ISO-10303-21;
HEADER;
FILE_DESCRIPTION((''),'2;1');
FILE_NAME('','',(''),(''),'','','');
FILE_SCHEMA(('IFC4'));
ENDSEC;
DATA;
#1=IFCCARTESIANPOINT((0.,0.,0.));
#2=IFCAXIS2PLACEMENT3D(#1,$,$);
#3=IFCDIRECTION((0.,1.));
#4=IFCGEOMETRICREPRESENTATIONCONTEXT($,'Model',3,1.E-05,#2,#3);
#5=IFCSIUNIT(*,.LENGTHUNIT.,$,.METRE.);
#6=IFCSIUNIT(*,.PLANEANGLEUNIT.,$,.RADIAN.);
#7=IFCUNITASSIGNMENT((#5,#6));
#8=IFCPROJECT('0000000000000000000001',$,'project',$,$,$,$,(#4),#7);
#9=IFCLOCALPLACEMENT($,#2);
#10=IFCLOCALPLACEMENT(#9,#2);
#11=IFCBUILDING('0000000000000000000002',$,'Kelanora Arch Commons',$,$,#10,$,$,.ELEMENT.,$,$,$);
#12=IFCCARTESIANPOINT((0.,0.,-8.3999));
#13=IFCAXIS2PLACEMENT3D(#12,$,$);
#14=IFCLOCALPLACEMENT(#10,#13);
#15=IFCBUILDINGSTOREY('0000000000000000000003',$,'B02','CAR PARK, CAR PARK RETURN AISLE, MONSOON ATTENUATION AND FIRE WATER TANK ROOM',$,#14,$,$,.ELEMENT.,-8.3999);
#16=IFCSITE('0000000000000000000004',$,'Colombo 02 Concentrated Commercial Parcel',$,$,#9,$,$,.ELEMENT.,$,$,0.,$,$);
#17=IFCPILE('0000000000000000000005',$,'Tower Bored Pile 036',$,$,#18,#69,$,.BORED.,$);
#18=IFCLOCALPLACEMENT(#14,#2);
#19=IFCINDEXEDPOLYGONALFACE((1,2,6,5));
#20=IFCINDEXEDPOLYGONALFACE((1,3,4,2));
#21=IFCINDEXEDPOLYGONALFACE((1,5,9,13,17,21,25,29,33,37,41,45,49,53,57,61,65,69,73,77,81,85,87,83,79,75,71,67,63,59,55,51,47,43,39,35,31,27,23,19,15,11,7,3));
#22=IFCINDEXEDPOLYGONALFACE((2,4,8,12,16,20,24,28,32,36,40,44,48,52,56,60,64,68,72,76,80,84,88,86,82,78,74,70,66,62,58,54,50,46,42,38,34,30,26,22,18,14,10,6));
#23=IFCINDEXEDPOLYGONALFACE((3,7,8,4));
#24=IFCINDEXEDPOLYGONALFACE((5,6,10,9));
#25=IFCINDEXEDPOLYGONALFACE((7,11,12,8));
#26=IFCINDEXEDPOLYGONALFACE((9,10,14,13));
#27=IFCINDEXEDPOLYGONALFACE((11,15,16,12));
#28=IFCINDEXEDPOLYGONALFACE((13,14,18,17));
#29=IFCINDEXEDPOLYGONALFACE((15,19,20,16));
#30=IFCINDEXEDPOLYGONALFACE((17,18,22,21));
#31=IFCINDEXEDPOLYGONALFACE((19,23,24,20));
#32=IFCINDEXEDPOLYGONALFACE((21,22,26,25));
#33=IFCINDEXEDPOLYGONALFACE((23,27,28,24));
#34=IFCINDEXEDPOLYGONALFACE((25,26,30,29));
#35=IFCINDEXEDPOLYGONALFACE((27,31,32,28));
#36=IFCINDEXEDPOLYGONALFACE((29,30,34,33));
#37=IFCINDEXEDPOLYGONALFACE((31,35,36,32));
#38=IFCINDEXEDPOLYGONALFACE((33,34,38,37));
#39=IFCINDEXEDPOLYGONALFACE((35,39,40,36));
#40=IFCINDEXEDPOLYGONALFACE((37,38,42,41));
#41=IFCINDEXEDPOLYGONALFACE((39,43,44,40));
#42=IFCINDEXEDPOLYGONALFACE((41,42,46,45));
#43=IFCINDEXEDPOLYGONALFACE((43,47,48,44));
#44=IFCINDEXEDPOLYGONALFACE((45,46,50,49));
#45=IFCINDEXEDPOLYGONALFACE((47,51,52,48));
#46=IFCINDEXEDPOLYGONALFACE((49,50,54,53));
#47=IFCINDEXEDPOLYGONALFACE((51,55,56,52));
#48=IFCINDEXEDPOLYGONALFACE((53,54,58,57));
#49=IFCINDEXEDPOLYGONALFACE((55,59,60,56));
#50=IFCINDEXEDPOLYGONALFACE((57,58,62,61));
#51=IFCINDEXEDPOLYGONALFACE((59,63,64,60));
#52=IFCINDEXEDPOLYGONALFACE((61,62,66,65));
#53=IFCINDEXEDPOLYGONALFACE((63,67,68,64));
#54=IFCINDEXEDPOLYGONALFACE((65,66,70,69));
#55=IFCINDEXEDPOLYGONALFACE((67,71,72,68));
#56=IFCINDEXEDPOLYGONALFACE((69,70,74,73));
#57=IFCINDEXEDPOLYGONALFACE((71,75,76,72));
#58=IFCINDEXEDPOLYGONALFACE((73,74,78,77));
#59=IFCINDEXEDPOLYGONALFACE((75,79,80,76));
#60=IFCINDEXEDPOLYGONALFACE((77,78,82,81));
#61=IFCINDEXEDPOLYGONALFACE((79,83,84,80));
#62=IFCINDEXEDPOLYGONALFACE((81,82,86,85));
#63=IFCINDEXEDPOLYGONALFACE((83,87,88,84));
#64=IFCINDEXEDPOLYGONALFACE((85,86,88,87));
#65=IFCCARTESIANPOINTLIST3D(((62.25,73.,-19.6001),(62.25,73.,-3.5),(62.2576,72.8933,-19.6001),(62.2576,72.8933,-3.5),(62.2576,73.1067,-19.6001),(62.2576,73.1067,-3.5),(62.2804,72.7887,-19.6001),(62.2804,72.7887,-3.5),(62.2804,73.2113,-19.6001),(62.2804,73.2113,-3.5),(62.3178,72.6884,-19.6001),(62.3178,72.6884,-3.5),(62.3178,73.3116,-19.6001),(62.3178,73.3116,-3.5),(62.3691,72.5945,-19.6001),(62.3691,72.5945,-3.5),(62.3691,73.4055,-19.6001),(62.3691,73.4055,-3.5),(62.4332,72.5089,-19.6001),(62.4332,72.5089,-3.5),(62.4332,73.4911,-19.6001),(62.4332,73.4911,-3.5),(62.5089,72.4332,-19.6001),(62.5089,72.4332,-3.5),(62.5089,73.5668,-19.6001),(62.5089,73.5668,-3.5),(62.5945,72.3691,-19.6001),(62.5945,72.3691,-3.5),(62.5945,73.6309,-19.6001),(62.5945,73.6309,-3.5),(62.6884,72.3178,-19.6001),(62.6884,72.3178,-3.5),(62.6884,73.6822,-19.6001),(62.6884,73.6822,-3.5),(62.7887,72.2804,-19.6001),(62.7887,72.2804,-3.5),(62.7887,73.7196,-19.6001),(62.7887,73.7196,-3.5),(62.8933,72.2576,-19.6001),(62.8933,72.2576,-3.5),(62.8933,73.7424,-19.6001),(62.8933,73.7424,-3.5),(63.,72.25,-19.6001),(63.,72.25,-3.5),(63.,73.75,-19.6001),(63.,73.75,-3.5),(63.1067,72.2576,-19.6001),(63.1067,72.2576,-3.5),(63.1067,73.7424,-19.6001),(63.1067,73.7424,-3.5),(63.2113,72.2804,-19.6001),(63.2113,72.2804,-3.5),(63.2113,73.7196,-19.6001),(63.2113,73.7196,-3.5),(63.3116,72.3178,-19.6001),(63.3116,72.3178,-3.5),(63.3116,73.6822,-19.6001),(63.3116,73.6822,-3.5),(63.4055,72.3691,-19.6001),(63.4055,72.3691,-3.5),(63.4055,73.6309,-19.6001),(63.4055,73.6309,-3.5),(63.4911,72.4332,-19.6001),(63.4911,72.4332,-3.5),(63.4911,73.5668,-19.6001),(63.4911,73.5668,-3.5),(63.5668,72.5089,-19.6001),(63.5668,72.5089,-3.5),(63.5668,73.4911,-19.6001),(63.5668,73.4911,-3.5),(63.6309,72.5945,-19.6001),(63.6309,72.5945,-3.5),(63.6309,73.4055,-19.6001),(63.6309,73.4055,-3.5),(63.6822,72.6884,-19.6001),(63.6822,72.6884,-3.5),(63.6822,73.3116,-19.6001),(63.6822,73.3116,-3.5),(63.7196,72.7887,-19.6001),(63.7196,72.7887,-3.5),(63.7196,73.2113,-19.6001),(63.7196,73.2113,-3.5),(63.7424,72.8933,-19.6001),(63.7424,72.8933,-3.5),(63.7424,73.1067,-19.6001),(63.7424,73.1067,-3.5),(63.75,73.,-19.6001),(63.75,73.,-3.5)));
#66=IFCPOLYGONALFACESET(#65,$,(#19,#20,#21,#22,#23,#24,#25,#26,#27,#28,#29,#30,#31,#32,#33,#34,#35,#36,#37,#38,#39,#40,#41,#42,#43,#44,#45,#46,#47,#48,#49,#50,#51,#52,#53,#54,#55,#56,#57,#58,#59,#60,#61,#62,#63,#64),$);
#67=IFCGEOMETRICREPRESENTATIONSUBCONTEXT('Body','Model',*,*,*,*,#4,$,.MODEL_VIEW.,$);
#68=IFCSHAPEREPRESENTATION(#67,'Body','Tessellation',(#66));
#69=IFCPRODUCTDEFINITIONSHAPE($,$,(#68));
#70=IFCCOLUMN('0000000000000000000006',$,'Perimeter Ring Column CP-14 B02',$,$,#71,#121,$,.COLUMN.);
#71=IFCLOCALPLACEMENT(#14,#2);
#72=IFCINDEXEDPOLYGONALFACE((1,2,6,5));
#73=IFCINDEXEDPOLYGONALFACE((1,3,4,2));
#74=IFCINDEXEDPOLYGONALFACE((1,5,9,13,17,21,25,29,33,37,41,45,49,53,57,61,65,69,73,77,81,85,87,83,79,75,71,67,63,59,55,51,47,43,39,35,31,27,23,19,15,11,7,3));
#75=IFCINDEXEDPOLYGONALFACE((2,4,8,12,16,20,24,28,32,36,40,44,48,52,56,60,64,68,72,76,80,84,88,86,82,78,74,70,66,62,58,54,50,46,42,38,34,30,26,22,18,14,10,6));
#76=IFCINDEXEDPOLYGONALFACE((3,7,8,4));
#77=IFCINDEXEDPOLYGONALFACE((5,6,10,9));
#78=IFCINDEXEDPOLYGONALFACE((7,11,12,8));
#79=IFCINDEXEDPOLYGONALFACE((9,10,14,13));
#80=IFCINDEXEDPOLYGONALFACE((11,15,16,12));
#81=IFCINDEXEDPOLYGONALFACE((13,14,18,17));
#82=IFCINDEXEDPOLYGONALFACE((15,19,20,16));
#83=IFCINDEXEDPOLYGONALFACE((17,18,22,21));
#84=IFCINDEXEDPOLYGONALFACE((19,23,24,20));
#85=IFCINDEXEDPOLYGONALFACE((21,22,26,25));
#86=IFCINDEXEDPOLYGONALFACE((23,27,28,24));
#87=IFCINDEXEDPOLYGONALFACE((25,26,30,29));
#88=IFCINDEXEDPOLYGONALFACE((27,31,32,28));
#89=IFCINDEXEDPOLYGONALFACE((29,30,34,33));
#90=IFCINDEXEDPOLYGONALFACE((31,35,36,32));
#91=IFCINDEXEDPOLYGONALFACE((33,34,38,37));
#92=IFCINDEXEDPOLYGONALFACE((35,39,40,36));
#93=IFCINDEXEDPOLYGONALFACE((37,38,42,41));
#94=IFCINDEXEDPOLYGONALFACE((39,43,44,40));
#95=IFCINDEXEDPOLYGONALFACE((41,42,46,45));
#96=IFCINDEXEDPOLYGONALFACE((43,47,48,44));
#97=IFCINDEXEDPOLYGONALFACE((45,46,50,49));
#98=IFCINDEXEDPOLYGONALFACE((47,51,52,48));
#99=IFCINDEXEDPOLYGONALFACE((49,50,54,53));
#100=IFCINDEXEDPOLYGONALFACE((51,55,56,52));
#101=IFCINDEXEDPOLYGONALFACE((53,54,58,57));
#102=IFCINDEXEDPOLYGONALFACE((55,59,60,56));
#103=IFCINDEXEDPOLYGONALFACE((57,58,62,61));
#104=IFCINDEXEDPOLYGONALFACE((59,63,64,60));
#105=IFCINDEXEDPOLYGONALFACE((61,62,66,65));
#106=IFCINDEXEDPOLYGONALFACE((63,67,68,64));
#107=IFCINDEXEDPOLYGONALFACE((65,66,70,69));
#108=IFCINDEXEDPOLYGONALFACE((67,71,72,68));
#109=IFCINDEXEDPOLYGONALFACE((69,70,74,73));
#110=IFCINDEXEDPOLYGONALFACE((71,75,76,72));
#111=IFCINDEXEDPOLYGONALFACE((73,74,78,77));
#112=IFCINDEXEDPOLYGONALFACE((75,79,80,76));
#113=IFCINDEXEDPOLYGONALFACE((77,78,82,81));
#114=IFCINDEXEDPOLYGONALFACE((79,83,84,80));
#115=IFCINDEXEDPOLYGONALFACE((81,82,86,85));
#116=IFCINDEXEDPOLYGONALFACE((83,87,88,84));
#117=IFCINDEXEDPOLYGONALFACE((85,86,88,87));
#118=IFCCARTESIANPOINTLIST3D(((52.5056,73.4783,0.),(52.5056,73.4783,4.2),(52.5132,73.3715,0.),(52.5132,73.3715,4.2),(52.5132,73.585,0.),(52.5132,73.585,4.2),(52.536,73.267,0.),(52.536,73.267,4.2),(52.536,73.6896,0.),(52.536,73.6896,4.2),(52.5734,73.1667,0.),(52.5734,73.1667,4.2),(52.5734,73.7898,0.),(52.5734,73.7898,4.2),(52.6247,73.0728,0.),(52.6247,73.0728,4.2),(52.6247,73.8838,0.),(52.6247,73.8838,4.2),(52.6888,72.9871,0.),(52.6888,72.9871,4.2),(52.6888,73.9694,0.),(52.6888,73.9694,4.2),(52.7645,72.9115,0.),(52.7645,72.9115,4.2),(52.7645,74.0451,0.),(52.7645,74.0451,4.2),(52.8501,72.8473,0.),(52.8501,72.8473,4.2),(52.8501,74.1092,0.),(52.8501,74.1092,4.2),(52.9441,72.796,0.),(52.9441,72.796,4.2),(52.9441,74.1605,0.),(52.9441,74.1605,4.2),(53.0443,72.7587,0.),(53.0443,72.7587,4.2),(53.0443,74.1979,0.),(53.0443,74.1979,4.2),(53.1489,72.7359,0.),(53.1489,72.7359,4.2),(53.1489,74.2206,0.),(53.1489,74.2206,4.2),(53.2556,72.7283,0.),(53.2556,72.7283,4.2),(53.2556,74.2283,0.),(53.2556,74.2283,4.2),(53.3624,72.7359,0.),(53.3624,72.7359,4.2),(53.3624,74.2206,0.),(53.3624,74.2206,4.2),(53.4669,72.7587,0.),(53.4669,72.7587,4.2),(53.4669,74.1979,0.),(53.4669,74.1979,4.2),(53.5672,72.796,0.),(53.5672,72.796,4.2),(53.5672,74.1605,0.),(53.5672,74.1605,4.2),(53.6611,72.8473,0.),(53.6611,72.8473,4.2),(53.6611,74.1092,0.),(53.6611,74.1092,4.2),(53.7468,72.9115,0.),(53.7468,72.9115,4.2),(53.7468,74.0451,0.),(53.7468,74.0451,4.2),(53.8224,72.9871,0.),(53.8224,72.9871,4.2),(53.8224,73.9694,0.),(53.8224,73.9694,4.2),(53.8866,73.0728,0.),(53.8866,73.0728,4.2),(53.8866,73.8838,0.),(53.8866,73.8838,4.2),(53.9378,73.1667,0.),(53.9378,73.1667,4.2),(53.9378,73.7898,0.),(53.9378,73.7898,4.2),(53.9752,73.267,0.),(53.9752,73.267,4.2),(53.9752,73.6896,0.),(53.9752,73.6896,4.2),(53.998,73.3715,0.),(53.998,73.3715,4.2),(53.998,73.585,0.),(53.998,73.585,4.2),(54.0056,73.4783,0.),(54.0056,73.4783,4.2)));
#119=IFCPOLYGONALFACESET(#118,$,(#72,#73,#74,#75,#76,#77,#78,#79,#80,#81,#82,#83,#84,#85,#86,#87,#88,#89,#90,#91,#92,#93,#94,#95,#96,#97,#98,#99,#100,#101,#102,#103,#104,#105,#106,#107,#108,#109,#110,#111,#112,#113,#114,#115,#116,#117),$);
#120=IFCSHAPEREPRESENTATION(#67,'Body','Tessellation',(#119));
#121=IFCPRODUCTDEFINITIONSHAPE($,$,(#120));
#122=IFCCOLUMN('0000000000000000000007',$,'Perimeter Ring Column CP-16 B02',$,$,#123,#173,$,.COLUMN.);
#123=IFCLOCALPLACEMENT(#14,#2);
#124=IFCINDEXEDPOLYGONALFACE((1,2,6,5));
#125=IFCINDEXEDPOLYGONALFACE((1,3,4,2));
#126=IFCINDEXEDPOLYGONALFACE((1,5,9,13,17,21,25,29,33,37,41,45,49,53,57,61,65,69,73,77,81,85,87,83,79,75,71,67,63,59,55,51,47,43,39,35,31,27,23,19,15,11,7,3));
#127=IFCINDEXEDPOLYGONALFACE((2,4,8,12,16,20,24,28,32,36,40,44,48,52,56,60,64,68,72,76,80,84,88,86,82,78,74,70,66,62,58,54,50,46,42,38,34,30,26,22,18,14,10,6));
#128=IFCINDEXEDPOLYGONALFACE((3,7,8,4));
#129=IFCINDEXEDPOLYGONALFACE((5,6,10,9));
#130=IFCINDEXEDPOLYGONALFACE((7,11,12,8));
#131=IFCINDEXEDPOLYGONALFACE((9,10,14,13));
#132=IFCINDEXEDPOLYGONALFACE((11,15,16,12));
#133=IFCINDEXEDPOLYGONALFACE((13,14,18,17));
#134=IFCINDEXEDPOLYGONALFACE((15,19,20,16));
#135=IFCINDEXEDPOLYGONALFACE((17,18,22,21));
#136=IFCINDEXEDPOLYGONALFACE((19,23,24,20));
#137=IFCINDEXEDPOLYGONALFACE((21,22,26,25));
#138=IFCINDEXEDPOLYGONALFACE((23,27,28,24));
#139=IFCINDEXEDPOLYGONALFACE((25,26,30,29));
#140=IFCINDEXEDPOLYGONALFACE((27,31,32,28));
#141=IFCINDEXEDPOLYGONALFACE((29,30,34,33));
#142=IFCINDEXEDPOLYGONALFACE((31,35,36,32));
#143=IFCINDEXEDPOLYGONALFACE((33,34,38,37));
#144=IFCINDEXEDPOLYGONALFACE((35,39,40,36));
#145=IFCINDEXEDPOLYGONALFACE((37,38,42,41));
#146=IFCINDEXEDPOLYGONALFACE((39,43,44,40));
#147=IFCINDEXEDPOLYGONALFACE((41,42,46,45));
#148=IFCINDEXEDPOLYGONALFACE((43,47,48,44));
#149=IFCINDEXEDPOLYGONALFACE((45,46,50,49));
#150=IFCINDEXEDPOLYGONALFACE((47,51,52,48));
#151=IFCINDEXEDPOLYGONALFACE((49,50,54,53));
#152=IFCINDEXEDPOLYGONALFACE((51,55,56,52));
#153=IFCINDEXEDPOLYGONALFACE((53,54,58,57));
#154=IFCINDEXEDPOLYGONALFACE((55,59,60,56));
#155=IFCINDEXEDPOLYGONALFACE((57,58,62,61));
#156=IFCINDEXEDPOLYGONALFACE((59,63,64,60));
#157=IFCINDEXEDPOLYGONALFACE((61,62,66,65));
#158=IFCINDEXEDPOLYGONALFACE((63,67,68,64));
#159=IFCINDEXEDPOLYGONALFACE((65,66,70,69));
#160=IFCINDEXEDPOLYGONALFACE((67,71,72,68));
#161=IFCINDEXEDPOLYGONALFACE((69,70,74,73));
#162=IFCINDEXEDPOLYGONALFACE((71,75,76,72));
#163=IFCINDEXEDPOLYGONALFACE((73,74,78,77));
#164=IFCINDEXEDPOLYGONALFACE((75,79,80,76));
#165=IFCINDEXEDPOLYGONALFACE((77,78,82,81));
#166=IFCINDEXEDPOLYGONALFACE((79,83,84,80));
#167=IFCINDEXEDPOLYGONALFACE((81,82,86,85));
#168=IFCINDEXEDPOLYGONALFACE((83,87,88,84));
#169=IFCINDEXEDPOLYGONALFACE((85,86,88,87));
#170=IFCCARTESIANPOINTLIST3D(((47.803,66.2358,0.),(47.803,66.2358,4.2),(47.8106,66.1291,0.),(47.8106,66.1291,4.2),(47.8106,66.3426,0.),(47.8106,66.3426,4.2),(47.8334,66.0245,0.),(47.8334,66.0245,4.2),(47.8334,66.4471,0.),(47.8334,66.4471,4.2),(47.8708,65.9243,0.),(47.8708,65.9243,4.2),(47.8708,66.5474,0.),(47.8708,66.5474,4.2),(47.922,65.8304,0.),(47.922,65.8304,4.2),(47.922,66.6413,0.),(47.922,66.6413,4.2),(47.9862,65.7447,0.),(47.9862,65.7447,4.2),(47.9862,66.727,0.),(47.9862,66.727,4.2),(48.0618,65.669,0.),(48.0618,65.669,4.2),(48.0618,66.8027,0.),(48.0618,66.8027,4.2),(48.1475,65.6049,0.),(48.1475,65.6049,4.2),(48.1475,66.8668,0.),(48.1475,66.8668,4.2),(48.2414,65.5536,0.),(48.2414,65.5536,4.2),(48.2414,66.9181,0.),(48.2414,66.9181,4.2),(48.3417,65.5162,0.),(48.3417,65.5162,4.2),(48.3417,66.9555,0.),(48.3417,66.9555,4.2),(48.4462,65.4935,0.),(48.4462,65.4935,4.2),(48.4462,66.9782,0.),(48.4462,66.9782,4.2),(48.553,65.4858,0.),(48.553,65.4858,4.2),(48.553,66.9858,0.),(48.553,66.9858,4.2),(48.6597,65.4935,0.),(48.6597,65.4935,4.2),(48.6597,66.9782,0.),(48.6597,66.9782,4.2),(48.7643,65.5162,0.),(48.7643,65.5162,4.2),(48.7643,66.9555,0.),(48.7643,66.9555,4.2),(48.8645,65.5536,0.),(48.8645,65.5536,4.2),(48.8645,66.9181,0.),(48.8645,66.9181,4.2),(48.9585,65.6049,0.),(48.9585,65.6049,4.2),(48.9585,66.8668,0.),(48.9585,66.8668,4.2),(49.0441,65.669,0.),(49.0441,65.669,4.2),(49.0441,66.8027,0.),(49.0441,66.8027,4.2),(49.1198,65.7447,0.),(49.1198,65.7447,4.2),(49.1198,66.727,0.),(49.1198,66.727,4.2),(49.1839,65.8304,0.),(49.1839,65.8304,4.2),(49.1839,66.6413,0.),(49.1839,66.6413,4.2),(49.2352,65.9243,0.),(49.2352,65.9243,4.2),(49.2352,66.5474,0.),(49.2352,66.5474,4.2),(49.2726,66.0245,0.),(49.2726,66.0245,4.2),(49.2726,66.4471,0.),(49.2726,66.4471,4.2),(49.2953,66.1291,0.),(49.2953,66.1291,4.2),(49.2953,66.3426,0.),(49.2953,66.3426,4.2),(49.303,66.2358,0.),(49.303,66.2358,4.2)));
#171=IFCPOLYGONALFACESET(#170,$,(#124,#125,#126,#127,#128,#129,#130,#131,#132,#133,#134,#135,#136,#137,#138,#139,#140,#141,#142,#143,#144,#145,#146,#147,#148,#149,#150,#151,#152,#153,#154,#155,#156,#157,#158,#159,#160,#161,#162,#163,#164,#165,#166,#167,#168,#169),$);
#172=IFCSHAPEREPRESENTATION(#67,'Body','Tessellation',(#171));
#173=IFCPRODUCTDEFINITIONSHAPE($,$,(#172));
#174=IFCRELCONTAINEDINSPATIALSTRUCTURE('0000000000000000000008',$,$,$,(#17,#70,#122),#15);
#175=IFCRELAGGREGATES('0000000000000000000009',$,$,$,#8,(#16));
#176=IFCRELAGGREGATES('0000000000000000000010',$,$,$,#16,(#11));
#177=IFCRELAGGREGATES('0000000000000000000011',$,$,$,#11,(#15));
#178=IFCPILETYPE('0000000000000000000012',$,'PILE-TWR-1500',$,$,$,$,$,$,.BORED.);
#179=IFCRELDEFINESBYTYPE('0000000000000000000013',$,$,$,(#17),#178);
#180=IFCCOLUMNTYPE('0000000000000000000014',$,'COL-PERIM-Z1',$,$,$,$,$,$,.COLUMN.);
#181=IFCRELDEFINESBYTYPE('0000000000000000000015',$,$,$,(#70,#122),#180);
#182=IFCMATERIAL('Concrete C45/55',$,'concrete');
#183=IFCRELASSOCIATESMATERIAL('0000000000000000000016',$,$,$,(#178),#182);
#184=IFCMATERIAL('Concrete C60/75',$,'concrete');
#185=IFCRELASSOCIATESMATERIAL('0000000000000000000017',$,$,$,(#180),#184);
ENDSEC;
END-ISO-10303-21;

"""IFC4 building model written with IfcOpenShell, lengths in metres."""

from ifc_helpers import new_model, si_unit, direction, frame, origin, origin_2d, place, context, subcontext, project, spatial, circle, extrude, source, transform, mapped, material, material_profile, profile_set, type_object, element, save


model = new_model("IFC4")

# Units and contexts
model_context = context("Model", 3, precision=1e-05, world=origin(), true_north=direction((0.0, 1.0)))
body_context = subcontext(model_context, "Body", "Model", "MODEL_VIEW")
ifc_project = project(units=[si_unit("LENGTHUNIT", "METRE"), si_unit("PLANEANGLEUNIT", "RADIAN")], contexts=[model_context])

# Site, building, storey
site_placement = place(None, origin())
site = spatial("IfcSite", under=ifc_project, at=site_placement, Name="Colombo 02 Concentrated Commercial Parcel", CompositionType="ELEMENT", RefElevation=0.0)
building_placement = place(site_placement, origin())
building = spatial("IfcBuilding", under=site, at=building_placement, Name="Kelanora Arch Commons", CompositionType="ELEMENT")
storey_placement = place(building_placement, frame((0.0, 0.0, -8.3999)))
storey = spatial("IfcBuildingStorey", under=building, at=storey_placement, Name="B02", Description="CAR PARK, CAR PARK RETURN AISLE, MONSOON ATTENUATION AND FIRE WATER TANK ROOM", CompositionType="ELEMENT", Elevation=-8.3999)

# Pile
ifc_material_1 = material(Name="Concrete C45/55", Category="concrete")
ifc_material_profile_1 = material_profile(ifc_material_1, circle(Radius=0.75, at=origin_2d()), Name="PILE1500")
ifc_profile_set_1 = profile_set([ifc_material_profile_1], Name="Concrete C45/55")
pile_type = type_object("IfcPileType", Name="PILE-TWR-1500", PredefinedType="BORED", material=ifc_profile_set_1)
shared_shape = source(origin(), body_context, "Body", "SweptSolid", [
    extrude(circle(Radius=0.75, at=origin_2d()), origin(), (0.0, 0.0, 1.0), 16.1001),
])
for number, where, z_axis, x_axis, name in (
    (1, (63.0, 73.0, -3.5), (0.0, 0.0, -1.0), (1.0, 0.0, 0.0), "Tower Bored Pile 036"),
):
    element("IfcPile", number, at=place(storey_placement, frame(where, z_axis=z_axis, x_axis=x_axis)), inside=storey, type_object=pile_type, Name=name, PredefinedType="BORED", context=body_context, shape_type="MappedRepresentation", body=[
        mapped(shared_shape, transform((0.0, 0.0, 0.0), scale=1.0)),
    ])

# Columns
ifc_material_2 = material(Name="Concrete C60/75", Category="concrete")
ifc_material_profile_2 = material_profile(ifc_material_2, circle(Radius=0.75, at=origin_2d()), Name="RCC1500")
ifc_profile_set_2 = profile_set([ifc_material_profile_2], Name="Concrete C60/75")
column_type_1 = type_object("IfcColumnType", Name="COL-PERIM-Z1", PredefinedType="COLUMN", material=ifc_profile_set_2)
for number, where, z_axis, x_axis, name in (
    (2, (53.2556, 73.4783, 0.0), (0.0, 0.0, 1.0), (1.0, 0.0, 0.0), "Perimeter Ring Column CP-14 B02"),
    (3, (48.553, 66.2358, 0.0), (0.0, 0.0, 1.0), (1.0, 0.0, 0.0), "Perimeter Ring Column CP-16 B02"),
):
    element("IfcColumn", number, at=place(storey_placement, frame(where, z_axis=z_axis, x_axis=x_axis)), inside=storey, type_object=column_type_1, Name=name, PredefinedType="COLUMN", context=body_context, shape_type="SweptSolid", body=[
        extrude(circle(Radius=0.75, at=origin_2d()), origin(), (0.0, 0.0, 1.0), 4.2),
    ])

save(model, "model.ifc")
